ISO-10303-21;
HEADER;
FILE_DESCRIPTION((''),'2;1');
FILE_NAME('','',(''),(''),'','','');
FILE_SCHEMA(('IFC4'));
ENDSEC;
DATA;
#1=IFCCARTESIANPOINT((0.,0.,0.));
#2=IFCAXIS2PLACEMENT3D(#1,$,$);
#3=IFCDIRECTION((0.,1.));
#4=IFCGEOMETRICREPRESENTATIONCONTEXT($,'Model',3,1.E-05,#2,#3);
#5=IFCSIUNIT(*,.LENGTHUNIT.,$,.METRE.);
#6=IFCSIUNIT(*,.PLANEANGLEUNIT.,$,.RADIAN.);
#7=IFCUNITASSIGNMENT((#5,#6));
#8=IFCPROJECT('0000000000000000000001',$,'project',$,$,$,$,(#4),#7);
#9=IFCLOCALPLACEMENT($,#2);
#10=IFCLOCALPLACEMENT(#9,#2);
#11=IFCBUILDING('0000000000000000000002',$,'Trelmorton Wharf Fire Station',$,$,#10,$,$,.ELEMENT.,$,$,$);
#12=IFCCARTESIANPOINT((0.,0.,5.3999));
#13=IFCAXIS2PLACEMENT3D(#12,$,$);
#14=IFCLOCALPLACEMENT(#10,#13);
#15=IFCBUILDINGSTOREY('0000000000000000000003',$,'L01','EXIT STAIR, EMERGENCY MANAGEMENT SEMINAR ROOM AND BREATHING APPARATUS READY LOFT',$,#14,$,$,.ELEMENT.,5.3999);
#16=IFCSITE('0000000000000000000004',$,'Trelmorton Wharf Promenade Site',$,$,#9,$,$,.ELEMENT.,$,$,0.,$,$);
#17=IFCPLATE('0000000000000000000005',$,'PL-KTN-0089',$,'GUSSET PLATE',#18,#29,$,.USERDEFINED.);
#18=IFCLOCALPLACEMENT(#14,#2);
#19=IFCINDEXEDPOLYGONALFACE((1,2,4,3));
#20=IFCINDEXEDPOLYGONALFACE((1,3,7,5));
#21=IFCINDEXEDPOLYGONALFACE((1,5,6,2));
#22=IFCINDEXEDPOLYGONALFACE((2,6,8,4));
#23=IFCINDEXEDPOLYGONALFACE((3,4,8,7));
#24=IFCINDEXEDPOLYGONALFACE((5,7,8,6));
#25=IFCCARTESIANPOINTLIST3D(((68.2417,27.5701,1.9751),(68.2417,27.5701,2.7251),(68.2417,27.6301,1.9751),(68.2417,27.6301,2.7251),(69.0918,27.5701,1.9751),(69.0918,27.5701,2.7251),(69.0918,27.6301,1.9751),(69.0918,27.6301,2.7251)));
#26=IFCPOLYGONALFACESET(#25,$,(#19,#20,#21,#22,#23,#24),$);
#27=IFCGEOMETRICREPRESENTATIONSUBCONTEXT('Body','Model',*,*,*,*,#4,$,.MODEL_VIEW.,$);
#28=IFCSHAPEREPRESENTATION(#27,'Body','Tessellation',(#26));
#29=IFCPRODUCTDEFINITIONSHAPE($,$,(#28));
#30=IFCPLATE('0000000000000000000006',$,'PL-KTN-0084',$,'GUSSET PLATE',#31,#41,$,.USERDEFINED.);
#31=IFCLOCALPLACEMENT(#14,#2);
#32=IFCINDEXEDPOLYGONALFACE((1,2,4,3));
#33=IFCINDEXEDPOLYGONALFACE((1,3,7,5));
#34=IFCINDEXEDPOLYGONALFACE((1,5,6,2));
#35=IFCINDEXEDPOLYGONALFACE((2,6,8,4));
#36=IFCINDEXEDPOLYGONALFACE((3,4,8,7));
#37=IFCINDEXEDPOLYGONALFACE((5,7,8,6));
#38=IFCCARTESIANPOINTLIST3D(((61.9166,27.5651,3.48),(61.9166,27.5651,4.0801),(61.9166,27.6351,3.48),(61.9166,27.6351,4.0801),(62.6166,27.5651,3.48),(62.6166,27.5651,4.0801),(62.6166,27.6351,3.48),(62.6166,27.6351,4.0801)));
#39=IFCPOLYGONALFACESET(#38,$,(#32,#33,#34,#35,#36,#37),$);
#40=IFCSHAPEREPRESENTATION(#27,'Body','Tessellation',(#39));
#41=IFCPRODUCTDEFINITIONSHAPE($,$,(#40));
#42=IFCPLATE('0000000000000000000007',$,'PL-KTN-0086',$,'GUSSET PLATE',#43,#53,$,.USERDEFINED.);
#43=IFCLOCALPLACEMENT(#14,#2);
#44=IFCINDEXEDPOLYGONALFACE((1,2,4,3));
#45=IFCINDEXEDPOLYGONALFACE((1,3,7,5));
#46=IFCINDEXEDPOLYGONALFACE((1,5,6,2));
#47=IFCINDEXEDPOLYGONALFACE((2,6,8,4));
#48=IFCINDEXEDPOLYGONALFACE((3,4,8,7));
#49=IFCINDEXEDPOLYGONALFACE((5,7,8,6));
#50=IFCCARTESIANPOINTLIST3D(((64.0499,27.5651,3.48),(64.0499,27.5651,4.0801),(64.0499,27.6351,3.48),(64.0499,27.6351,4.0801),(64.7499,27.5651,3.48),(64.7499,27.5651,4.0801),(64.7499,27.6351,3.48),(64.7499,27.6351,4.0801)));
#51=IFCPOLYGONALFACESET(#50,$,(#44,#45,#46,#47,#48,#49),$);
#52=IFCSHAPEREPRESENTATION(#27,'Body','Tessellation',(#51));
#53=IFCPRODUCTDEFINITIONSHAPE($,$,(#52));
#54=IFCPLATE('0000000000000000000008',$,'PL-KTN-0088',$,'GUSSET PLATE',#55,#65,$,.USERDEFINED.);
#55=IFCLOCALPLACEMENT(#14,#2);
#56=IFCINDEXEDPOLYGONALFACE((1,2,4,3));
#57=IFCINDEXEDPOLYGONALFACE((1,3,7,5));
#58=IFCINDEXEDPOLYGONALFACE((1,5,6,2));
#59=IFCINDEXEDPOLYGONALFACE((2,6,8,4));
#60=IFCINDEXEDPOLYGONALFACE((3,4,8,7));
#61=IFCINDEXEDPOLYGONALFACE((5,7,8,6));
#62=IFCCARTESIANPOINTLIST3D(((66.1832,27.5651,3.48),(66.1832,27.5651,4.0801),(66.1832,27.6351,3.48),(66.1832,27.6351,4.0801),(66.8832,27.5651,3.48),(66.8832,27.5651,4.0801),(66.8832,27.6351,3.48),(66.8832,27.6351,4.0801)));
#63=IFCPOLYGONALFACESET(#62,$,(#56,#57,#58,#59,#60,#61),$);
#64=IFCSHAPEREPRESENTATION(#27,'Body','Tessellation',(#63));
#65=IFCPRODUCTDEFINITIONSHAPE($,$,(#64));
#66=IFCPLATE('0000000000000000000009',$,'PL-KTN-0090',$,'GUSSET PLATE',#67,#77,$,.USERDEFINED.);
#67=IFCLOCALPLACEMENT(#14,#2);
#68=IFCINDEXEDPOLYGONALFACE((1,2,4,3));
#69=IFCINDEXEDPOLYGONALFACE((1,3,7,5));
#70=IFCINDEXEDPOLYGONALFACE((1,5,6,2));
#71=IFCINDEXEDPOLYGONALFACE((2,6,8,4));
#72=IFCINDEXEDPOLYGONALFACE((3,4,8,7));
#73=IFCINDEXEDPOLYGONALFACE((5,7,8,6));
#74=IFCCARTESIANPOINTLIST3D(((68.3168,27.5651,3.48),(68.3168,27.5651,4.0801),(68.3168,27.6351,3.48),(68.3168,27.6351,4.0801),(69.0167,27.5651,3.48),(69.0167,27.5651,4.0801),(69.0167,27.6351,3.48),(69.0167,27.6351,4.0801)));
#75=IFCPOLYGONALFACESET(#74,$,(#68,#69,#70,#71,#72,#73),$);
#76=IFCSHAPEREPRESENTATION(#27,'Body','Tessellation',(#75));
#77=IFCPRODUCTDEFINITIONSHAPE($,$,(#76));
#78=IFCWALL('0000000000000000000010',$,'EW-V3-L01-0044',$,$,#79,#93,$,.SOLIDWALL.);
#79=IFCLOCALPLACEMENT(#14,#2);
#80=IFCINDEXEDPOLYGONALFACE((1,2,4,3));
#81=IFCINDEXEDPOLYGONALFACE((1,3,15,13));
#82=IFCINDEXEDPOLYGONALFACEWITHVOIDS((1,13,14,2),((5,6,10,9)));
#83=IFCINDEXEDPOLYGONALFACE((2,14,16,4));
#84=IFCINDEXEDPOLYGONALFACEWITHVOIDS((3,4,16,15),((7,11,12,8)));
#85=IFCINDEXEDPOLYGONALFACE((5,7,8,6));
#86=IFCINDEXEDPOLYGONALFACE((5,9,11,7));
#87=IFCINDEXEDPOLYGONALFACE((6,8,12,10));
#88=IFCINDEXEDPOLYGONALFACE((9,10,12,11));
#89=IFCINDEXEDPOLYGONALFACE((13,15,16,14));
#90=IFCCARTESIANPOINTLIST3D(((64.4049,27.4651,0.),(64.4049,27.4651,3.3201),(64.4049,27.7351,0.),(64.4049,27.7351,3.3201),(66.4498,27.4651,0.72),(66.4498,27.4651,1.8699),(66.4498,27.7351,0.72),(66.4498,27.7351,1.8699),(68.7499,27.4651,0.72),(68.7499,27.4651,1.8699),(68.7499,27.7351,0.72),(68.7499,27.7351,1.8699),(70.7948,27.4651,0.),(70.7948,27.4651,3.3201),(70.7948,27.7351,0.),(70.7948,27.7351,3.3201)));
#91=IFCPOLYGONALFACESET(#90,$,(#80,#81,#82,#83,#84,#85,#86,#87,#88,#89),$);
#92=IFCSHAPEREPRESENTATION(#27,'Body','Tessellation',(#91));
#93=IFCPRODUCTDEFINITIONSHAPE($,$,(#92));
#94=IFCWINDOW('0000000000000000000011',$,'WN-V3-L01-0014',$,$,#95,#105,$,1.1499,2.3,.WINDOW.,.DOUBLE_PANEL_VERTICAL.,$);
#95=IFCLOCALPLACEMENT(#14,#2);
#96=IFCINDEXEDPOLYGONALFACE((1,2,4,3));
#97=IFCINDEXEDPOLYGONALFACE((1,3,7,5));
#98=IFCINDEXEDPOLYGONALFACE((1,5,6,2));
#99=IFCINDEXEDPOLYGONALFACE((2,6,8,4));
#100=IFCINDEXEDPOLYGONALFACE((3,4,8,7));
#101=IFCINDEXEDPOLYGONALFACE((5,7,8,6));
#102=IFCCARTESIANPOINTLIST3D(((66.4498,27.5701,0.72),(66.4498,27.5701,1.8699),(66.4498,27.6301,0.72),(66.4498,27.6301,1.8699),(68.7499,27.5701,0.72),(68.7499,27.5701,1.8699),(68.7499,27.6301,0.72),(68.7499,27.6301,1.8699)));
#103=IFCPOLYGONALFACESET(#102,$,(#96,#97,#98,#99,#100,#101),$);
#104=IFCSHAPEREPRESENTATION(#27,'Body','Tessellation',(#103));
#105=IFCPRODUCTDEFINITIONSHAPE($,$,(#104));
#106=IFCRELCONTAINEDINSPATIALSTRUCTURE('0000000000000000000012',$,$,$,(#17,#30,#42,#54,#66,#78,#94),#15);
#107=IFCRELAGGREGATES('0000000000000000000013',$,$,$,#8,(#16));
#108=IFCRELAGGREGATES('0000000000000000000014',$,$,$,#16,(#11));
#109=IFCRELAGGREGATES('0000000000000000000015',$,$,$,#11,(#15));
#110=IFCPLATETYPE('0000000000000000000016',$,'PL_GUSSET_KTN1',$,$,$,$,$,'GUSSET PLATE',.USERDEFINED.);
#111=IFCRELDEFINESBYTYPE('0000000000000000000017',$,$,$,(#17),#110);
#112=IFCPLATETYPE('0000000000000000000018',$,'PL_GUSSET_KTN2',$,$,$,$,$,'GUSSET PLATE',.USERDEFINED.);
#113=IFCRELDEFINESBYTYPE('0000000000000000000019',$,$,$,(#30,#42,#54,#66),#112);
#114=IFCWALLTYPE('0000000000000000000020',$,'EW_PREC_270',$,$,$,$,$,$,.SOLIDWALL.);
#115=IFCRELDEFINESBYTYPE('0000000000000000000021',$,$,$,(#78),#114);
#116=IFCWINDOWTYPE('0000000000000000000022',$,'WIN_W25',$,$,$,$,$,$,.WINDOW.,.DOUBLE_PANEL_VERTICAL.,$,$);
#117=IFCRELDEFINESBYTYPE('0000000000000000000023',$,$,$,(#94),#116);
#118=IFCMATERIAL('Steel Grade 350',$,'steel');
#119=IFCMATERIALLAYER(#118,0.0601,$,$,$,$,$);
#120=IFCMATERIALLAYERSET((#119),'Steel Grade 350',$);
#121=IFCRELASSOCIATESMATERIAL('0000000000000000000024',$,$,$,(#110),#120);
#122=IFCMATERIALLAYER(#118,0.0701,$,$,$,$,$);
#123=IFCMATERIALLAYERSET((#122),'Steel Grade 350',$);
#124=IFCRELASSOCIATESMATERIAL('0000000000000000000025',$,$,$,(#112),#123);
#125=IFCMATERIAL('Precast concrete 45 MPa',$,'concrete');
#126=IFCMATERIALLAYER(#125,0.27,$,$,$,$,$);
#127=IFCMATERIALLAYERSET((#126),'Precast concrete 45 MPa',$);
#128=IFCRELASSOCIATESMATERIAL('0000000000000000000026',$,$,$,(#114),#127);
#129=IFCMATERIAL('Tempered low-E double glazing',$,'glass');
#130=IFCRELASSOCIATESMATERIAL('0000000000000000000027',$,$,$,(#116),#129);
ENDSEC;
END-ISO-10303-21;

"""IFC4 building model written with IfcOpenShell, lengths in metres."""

from ifc_helpers import new_model, si_unit, direction, frame, frame_2d, origin, origin_2d, place, context, subcontext, project, spatial, rectangle, extrude, material, layer, layer_set, type_object, element, fill, save


model = new_model("IFC4")

# Units and contexts
model_context = context("Model", 3, precision=1e-05, world=origin(), true_north=direction((0.0, 1.0)))
body_context = subcontext(model_context, "Body", "Model", "MODEL_VIEW")
ifc_project = project(units=[si_unit("LENGTHUNIT", "METRE"), si_unit("PLANEANGLEUNIT", "RADIAN")], contexts=[model_context])

# Site, building, storey
site_placement = place(None, origin())
site = spatial("IfcSite", under=ifc_project, at=site_placement, Name="Trelmorton Wharf Promenade Site", CompositionType="ELEMENT", RefElevation=0.0)
building_placement = place(site_placement, origin())
building = spatial("IfcBuilding", under=site, at=building_placement, Name="Trelmorton Wharf Fire Station", CompositionType="ELEMENT")
storey_placement = place(building_placement, frame((0.0, 0.0, 5.3999)))
storey = spatial("IfcBuildingStorey", under=building, at=storey_placement, Name="L01", Description="EXIT STAIR, EMERGENCY MANAGEMENT SEMINAR ROOM AND BREATHING APPARATUS READY LOFT", CompositionType="ELEMENT", Elevation=5.3999)

# Shared definitions
ifc_material_1 = material(Name="Steel Grade 350", Category="steel")

# Plates
ifc_layer_1 = layer(ifc_material_1, 0.0601)
ifc_layer_set_1 = layer_set([ifc_layer_1], Name="Steel Grade 350")
plate_type_1 = type_object("IfcPlateType", Name="PL_GUSSET_KTN1", ElementType="GUSSET PLATE", PredefinedType="USERDEFINED", material=ifc_layer_set_1)
for number, where, z_axis, x_axis, name in (
    (1, (68.6667, 27.6001, 1.9751), (0.0, 0.0, 1.0), (1.0, 0.0, 0.0), "PL-KTN-0089"),
):
    element("IfcPlate", number, at=place(storey_placement, frame(where, z_axis=z_axis, x_axis=x_axis)), inside=storey, type_object=plate_type_1, Name=name, ObjectType="GUSSET PLATE", PredefinedType="USERDEFINED", context=body_context, shape_type="SweptSolid", body=[
        extrude(rectangle(XDim=0.8501, YDim=0.0601, at=origin_2d()), origin(), (0.0, 0.0, 1.0), 0.75),
    ])
ifc_layer_2 = layer(ifc_material_1, 0.0701)
ifc_layer_set_2 = layer_set([ifc_layer_2], Name="Steel Grade 350")
plate_type_2 = type_object("IfcPlateType", Name="PL_GUSSET_KTN2", ElementType="GUSSET PLATE", PredefinedType="USERDEFINED", material=ifc_layer_set_2)
for number, where, z_axis, x_axis, name in (
    (2, (62.2666, 27.6001, 3.48), (0.0, 0.0, 1.0), (1.0, 0.0, 0.0), "PL-KTN-0084"),
    (3, (64.3999, 27.6001, 3.48), (0.0, 0.0, 1.0), (1.0, 0.0, 0.0), "PL-KTN-0086"),
    (4, (66.5332, 27.6001, 3.48), (0.0, 0.0, 1.0), (1.0, 0.0, 0.0), "PL-KTN-0088"),
    (5, (68.6667, 27.6001, 3.48), (0.0, 0.0, 1.0), (1.0, 0.0, 0.0), "PL-KTN-0090"),
):
    element("IfcPlate", number, at=place(storey_placement, frame(where, z_axis=z_axis, x_axis=x_axis)), inside=storey, type_object=plate_type_2, Name=name, ObjectType="GUSSET PLATE", PredefinedType="USERDEFINED", context=body_context, shape_type="SweptSolid", body=[
        extrude(rectangle(XDim=0.7, YDim=0.0701, at=origin_2d()), origin(), (0.0, 0.0, 1.0), 0.6001),
    ])

# Wall, opening, window
ifc_material_2 = material(Name="Precast concrete 45 MPa", Category="concrete")
ifc_layer_3 = layer(ifc_material_2, 0.27)
ifc_layer_set_3 = layer_set([ifc_layer_3], Name="Precast concrete 45 MPa")
wall_type = type_object("IfcWallType", Name="EW_PREC_270", PredefinedType="SOLIDWALL", material=ifc_layer_set_3)
wall_placement = place(storey_placement, frame((64.405, 27.6001, 0.0), z_axis=(0.0, 0.0, 1.0), x_axis=(1.0, 0.0, 0.0)))
wall = element("IfcWall", 6, at=wall_placement, inside=storey, type_object=wall_type, Name="EW-V3-L01-0044", PredefinedType="SOLIDWALL", context=body_context, shape_type="SweptSolid", body=[
    extrude(rectangle(XDim=6.3899, YDim=0.27, at=frame_2d((3.1948, 0.0))), origin(), (0.0, 0.0, 1.0), 3.3201),
])
opening_placement = place(wall_placement, frame((2.0449, 0.0, 0.72)))
opening = element("IfcOpeningElement", 7, at=opening_placement, cuts=wall, PredefinedType="OPENING", context=body_context, shape_type="SweptSolid", body=[
    extrude(rectangle(XDim=2.3, YDim=1.1499, at=frame_2d((1.1499, 0.575))), frame((0.0, 0.145, 0.0), z_axis=(0.0, -1.0, 0.0), x_axis=(1.0, 0.0, 0.0)), (0.0, 0.0, 1.0), 0.29),
])
ifc_material_3 = material(Name="Tempered low-E double glazing", Category="glass")
window_type = type_object("IfcWindowType", Name="WIN_W25", PartitioningType="DOUBLE_PANEL_VERTICAL", PredefinedType="WINDOW", material=ifc_material_3)
window_placement = place(opening_placement, origin())
window = element("IfcWindow", 8, at=window_placement, inside=storey, type_object=window_type, Name="WN-V3-L01-0014", OverallHeight=1.1499, OverallWidth=2.3, PartitioningType="DOUBLE_PANEL_VERTICAL", PredefinedType="WINDOW", context=body_context, shape_type="SweptSolid", body=[
    extrude(rectangle(XDim=2.3, YDim=1.1499, at=frame_2d((1.1499, 0.575))), frame((0.0, 0.03, 0.0), z_axis=(0.0, -1.0, 0.0), x_axis=(1.0, 0.0, 0.0)), (0.0, 0.0, 1.0), 0.0601),
])
fill(opening, window)

save(model, "model.ifc")
